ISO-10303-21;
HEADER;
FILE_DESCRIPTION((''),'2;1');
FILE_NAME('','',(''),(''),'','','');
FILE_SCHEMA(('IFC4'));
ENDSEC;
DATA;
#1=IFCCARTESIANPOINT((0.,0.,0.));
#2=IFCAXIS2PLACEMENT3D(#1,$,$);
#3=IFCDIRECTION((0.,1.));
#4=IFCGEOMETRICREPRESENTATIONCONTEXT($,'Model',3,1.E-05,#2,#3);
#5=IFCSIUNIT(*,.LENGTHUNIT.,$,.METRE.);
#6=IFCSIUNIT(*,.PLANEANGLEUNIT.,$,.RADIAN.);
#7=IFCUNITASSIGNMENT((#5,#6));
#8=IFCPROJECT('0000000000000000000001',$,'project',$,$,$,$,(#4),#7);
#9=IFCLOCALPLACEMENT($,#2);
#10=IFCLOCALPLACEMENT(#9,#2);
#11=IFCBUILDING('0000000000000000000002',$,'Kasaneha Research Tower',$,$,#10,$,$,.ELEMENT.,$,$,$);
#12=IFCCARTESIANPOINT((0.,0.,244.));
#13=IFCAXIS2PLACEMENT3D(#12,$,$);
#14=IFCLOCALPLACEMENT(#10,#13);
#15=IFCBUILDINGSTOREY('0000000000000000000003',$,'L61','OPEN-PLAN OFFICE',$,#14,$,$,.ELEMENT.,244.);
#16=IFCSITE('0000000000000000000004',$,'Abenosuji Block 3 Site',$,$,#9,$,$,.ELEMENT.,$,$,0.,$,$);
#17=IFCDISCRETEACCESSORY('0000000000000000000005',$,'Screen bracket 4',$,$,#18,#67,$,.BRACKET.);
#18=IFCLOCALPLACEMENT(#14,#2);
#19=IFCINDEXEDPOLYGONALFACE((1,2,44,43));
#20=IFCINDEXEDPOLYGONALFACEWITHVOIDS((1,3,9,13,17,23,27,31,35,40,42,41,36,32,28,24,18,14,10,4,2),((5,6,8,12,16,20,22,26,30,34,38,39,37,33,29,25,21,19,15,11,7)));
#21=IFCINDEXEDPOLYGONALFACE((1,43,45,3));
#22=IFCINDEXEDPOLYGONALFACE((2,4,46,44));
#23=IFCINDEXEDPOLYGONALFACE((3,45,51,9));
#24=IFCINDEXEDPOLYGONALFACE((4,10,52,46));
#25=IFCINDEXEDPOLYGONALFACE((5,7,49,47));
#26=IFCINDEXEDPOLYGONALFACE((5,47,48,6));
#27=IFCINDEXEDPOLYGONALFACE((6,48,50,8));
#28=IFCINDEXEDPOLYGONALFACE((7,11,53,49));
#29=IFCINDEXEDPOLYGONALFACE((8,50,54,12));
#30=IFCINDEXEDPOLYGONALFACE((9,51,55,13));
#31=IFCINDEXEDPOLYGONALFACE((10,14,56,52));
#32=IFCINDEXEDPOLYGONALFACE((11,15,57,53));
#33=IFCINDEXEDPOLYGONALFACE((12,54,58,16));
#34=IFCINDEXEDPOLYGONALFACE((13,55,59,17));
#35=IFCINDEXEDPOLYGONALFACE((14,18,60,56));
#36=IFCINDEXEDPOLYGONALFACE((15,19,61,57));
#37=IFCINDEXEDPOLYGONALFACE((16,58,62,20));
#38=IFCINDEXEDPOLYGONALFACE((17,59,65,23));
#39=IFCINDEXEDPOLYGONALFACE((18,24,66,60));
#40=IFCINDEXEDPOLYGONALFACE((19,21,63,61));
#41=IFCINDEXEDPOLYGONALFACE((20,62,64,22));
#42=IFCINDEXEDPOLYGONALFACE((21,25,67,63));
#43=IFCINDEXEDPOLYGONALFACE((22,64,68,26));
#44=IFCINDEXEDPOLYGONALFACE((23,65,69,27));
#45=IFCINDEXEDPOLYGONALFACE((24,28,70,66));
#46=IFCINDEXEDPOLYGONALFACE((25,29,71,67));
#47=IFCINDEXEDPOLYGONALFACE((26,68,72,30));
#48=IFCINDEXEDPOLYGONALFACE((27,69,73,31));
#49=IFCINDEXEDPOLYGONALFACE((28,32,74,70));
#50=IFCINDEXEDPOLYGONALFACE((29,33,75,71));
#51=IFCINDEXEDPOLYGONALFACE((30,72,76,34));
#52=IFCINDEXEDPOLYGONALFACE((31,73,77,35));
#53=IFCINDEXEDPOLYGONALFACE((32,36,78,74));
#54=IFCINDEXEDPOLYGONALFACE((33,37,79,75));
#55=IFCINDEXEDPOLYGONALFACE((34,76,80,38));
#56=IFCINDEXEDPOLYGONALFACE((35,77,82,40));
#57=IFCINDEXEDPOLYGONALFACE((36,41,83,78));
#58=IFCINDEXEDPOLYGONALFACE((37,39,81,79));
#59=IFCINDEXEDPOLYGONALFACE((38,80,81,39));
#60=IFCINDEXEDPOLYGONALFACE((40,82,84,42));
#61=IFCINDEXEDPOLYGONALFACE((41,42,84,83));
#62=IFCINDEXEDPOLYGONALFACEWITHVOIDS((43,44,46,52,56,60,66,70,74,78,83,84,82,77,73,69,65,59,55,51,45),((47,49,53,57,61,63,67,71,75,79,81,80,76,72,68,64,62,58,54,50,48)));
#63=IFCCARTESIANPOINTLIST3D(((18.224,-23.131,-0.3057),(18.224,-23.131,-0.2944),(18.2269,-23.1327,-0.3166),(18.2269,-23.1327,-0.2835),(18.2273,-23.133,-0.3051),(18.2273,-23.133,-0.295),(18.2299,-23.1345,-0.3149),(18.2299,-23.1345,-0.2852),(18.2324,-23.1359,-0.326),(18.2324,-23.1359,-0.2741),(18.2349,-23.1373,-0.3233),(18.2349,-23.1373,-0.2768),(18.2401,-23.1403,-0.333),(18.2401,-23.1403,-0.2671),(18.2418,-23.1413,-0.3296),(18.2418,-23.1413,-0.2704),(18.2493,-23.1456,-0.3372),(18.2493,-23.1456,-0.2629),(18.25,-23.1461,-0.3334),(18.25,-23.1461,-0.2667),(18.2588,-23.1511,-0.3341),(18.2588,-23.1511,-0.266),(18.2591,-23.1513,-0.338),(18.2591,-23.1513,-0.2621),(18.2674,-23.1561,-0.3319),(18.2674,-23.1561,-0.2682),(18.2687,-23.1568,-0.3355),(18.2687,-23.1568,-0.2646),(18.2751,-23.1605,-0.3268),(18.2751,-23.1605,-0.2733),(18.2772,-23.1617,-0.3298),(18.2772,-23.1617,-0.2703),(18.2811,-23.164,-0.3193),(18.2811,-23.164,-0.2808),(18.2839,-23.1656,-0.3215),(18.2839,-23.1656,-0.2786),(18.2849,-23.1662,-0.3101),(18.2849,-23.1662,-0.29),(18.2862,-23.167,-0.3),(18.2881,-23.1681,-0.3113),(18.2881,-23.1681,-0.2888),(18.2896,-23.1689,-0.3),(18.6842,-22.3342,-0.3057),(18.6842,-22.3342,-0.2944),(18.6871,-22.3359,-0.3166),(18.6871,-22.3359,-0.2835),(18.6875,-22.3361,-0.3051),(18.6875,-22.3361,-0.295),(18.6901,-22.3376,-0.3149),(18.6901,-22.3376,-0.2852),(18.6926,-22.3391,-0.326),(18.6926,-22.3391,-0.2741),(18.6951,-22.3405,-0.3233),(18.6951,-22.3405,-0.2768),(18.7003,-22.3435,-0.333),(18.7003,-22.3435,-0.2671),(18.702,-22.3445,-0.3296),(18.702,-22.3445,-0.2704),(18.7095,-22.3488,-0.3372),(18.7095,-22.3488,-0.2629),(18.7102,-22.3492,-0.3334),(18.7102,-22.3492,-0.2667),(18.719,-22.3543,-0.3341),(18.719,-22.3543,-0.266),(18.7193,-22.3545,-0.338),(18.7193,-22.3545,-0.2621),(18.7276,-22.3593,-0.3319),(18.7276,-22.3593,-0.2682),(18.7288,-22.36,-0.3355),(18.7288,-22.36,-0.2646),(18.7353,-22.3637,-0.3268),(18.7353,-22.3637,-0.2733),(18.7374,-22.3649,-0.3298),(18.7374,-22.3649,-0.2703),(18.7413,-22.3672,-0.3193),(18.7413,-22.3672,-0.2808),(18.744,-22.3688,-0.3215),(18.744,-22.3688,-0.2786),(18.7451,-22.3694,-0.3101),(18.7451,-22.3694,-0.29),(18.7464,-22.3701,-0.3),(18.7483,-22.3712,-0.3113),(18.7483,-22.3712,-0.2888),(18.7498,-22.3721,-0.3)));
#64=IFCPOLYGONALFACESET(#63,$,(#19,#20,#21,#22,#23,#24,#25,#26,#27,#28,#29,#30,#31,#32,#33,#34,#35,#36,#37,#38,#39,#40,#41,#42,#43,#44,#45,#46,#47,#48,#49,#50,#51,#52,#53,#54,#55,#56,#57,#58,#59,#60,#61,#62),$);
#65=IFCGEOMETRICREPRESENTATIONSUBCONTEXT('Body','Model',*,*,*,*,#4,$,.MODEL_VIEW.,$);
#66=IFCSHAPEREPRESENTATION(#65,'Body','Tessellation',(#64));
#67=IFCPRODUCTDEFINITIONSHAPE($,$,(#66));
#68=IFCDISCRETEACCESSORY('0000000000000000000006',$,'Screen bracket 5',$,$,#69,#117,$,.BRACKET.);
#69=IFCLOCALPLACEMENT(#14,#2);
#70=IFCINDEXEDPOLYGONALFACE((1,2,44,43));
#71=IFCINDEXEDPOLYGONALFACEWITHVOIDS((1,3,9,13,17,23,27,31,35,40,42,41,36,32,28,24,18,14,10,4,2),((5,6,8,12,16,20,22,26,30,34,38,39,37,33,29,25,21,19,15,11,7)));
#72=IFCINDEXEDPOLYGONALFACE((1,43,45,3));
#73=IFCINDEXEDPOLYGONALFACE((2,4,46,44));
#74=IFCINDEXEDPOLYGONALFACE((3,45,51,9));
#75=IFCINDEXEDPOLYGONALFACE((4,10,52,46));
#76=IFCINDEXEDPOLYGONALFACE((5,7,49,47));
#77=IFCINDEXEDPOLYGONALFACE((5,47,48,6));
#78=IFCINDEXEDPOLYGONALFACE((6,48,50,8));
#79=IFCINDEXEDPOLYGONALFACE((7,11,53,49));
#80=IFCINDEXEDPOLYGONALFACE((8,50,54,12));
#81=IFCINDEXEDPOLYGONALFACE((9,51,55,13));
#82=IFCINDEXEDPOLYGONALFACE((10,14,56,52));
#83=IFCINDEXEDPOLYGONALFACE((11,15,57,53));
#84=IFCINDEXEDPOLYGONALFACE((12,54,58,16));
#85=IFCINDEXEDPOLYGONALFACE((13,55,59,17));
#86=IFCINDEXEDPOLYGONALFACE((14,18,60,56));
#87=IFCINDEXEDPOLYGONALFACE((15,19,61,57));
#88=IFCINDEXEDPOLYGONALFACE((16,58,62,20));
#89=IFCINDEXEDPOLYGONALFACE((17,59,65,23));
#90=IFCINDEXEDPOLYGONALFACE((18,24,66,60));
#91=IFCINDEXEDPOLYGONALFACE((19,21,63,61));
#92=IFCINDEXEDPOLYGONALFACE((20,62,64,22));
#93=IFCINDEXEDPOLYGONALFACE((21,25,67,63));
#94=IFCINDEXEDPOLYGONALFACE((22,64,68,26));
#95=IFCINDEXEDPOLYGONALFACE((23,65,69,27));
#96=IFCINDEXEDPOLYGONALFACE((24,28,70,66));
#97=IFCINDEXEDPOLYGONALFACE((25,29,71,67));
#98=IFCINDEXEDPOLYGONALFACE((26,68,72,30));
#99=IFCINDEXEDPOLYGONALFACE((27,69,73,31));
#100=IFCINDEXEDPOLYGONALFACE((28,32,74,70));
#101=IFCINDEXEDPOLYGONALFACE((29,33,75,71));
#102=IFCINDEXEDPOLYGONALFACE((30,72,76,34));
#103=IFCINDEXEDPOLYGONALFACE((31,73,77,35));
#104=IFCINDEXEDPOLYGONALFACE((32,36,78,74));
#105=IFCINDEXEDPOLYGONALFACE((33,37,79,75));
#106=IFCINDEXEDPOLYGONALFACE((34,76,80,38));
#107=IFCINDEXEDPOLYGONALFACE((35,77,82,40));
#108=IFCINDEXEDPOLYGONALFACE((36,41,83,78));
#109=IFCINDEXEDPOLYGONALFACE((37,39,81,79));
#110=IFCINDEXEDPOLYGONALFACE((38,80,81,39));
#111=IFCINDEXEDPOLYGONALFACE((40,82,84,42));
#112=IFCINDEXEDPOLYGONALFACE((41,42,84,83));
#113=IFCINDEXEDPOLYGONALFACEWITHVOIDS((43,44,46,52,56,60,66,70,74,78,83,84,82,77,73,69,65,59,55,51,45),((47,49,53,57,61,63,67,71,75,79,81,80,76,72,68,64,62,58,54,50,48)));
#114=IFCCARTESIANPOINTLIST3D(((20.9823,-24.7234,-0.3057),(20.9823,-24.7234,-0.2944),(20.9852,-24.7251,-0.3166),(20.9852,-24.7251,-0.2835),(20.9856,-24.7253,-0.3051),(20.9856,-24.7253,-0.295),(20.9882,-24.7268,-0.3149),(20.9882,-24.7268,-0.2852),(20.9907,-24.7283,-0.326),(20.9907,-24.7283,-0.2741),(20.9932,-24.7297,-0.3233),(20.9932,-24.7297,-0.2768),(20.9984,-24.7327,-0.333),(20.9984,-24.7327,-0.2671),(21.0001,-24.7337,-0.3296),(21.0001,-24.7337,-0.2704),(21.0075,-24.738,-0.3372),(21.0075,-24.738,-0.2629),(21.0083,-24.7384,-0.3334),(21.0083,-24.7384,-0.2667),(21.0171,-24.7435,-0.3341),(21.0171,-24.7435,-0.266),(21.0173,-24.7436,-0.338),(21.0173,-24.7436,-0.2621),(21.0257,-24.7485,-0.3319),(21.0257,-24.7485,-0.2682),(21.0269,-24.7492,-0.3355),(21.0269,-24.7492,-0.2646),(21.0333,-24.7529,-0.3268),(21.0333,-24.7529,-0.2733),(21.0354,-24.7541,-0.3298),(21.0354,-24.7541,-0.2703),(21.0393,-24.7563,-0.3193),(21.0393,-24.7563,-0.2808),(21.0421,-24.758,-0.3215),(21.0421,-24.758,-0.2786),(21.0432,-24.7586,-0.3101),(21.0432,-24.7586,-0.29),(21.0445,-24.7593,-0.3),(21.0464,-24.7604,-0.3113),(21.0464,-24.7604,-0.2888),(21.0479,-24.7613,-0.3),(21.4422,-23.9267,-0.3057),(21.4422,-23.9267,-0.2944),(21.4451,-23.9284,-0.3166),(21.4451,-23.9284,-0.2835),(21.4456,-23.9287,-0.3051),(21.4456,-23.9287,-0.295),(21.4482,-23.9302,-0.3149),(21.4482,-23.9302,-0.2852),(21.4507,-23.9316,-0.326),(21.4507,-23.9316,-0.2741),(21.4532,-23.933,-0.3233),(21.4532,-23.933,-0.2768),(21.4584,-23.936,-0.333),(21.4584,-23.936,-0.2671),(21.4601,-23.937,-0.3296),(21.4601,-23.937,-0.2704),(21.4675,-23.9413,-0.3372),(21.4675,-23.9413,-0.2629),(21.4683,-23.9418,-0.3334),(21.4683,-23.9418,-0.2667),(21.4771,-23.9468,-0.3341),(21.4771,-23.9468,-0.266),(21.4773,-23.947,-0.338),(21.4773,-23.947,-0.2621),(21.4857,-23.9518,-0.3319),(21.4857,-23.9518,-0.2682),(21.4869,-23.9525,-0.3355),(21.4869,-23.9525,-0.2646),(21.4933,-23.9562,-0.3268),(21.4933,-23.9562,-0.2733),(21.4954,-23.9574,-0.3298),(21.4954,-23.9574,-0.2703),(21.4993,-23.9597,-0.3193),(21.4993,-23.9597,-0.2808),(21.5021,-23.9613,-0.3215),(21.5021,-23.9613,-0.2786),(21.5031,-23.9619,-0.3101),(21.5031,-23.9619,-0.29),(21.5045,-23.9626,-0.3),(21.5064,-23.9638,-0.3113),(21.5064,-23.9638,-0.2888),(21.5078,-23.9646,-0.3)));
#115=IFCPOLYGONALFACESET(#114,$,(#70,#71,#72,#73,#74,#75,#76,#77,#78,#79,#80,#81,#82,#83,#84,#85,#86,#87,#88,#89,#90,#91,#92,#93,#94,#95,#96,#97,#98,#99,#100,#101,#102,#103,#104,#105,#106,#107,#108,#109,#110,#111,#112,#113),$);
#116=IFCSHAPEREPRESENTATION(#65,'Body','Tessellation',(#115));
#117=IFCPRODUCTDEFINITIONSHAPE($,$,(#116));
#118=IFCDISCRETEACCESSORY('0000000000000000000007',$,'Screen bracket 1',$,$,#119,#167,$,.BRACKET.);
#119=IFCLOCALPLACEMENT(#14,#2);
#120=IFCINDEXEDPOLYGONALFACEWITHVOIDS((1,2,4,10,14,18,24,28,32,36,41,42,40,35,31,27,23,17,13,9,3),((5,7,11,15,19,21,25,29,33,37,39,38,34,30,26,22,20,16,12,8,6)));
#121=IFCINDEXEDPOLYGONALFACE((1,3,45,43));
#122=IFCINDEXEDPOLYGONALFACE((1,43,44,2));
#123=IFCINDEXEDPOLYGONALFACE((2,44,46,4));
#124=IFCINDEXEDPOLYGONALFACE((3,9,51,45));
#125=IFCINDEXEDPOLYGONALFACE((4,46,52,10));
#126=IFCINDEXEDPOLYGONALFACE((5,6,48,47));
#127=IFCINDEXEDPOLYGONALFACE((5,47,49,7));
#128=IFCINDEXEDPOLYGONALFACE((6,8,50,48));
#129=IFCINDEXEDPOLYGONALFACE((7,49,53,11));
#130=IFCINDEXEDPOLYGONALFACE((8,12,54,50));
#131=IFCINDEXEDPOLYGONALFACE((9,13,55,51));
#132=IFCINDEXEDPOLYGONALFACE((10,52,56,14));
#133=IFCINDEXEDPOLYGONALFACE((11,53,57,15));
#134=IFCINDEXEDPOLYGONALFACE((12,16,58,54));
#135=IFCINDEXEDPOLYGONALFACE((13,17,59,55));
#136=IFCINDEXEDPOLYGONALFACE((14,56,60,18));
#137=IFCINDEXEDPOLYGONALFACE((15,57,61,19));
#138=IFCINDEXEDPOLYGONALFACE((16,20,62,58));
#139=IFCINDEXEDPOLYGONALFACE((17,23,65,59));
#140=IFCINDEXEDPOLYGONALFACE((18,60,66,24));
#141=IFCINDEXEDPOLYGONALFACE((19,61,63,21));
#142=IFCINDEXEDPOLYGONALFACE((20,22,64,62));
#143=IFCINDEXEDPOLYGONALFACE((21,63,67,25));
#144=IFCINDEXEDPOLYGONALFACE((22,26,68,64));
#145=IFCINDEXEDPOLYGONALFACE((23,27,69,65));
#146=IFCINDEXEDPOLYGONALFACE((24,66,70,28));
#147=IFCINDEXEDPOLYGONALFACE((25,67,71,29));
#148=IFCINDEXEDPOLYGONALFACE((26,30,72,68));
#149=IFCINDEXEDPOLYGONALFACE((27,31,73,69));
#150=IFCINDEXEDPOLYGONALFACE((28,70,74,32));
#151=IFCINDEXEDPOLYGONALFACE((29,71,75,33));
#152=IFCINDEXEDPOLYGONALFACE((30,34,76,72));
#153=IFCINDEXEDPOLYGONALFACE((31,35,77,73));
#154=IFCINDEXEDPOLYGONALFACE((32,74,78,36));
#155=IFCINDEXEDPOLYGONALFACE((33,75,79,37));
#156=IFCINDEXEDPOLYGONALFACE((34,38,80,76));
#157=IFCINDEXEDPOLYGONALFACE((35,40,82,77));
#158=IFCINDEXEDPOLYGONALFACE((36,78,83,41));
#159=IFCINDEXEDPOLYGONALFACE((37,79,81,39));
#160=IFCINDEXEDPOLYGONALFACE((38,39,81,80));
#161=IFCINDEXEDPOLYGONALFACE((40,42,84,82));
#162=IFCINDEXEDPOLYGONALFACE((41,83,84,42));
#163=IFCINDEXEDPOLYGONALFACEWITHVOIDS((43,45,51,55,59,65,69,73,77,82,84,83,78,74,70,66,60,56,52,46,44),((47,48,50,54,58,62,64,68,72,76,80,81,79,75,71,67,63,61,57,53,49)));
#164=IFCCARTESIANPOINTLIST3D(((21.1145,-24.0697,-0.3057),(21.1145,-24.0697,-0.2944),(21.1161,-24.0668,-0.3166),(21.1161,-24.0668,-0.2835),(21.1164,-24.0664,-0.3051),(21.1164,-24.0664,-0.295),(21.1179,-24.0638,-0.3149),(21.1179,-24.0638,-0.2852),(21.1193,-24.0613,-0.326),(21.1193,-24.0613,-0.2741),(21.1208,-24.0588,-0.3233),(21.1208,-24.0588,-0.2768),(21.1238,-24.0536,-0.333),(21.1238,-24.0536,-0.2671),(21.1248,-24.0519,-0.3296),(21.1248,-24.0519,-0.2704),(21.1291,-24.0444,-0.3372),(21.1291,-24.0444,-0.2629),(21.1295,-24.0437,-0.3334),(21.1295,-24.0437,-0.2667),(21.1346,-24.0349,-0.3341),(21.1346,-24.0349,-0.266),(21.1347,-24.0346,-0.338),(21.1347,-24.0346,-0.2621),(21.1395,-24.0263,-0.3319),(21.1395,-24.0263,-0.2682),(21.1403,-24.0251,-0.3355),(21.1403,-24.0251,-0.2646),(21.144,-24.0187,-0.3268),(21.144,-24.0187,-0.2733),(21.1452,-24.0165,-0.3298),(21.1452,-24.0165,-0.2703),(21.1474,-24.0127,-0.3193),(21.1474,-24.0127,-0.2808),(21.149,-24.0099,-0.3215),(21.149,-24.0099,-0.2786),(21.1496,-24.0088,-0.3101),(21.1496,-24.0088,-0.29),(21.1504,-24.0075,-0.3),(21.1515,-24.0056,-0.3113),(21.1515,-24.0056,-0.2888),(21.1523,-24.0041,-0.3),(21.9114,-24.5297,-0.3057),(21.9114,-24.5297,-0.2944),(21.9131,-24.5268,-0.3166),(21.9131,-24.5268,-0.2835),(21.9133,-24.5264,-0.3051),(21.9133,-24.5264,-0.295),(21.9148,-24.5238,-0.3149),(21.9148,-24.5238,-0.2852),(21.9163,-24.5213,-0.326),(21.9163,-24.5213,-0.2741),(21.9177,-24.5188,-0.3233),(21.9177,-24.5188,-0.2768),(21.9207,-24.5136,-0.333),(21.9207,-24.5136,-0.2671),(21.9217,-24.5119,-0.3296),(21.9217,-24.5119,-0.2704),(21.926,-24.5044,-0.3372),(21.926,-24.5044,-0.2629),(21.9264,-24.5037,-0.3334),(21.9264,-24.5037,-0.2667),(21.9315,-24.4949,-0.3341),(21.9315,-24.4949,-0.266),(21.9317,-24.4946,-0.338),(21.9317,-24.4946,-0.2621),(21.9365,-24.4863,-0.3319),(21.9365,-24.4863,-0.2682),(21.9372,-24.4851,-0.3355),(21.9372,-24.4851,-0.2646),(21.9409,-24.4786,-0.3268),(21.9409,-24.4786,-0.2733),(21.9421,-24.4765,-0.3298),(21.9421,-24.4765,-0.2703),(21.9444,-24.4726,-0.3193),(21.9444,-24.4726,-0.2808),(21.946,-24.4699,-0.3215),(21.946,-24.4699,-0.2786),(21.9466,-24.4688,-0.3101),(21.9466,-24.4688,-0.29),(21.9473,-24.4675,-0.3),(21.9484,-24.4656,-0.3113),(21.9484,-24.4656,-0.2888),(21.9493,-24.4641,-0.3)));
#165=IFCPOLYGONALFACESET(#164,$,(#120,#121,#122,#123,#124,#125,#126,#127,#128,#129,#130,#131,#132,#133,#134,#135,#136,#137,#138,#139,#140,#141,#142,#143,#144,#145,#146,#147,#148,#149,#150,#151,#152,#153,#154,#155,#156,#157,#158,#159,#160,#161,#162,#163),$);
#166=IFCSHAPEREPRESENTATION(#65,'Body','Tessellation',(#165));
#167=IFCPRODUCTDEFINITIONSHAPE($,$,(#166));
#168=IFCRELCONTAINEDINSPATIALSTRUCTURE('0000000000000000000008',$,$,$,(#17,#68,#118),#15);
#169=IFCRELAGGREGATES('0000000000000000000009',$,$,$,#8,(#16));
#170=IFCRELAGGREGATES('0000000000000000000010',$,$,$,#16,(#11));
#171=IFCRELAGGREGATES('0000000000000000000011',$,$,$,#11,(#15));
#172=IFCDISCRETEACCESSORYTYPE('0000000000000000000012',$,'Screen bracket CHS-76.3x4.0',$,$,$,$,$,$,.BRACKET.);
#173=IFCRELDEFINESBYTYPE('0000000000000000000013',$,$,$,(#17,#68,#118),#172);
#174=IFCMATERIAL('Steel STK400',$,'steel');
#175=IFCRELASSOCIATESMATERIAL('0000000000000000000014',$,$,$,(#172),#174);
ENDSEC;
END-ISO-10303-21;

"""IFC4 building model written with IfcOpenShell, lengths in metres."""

from ifc_helpers import new_model, si_unit, direction, frame, origin, origin_2d, place, context, subcontext, project, spatial, hollow_circle, extrude, material, material_profile, profile_set, type_object, element, save


model = new_model("IFC4")

# Units and contexts
model_context = context("Model", 3, precision=1e-05, world=origin(), true_north=direction((0.0, 1.0)))
body_context = subcontext(model_context, "Body", "Model", "MODEL_VIEW")
ifc_project = project(units=[si_unit("LENGTHUNIT", "METRE"), si_unit("PLANEANGLEUNIT", "RADIAN")], contexts=[model_context])

# Site, building, storey
site_placement = place(None, origin())
site = spatial("IfcSite", under=ifc_project, at=site_placement, Name="Abenosuji Block 3 Site", CompositionType="ELEMENT", RefElevation=0.0)
building_placement = place(site_placement, origin())
building = spatial("IfcBuilding", under=site, at=building_placement, Name="Kasaneha Research Tower", CompositionType="ELEMENT")
storey_placement = place(building_placement, frame((0.0, 0.0, 244.0)))
storey = spatial("IfcBuildingStorey", under=building, at=storey_placement, Name="L61", Description="OPEN-PLAN OFFICE", CompositionType="ELEMENT", Elevation=244.0)

# Discrete accessories
ifc_material_1 = material(Name="Steel STK400", Category="steel")
ifc_material_profile_1 = material_profile(ifc_material_1, hollow_circle(Radius=0.0381, WallThickness=0.0039, at=origin_2d()), Name="CHS-76.3x4.0")
ifc_profile_set_1 = profile_set([ifc_material_profile_1], Name="Steel STK400")
discrete_accessory_type = type_object("IfcDiscreteAccessoryType", Name="Screen bracket CHS-76.3x4.0", PredefinedType="BRACKET", material=ifc_profile_set_1)
discrete_accessory_1_placement = place(storey_placement, frame((18.7168, -22.353, -0.3), z_axis=(-0.500105, -0.865965, 0.0), x_axis=(0.865965, -0.500105, 0.0)))
element("IfcDiscreteAccessory", 1, at=discrete_accessory_1_placement, inside=storey, type_object=discrete_accessory_type, Name="Screen bracket 4", PredefinedType="BRACKET", context=body_context, shape_type="SweptSolid", body=[
    extrude(hollow_circle(Radius=0.0381, WallThickness=0.0039, at=origin_2d()), origin(), (0.0, 0.0, 1.0), 0.9202),
])
discrete_accessory_2_placement = place(storey_placement, frame((21.4749, -23.9456, -0.3), z_axis=(-0.500021, -0.866013, 0.0), x_axis=(0.866013, -0.500021, 0.0)))
element("IfcDiscreteAccessory", 2, at=discrete_accessory_2_placement, inside=storey, type_object=discrete_accessory_type, Name="Screen bracket 5", PredefinedType="BRACKET", context=body_context, shape_type="SweptSolid", body=[
    extrude(hollow_circle(Radius=0.0381, WallThickness=0.0039, at=origin_2d()), origin(), (0.0, 0.0, 1.0), 0.9199),
])
discrete_accessory_3_placement = place(storey_placement, frame((21.1333, -24.0371, -0.3), z_axis=(0.86608, -0.499906, 0.0), x_axis=(0.499906, 0.86608, 0.0)))
element("IfcDiscreteAccessory", 3, at=discrete_accessory_3_placement, inside=storey, type_object=discrete_accessory_type, Name="Screen bracket 1", PredefinedType="BRACKET", context=body_context, shape_type="SweptSolid", body=[
    extrude(hollow_circle(Radius=0.0381, WallThickness=0.0039, at=origin_2d()), origin(), (0.0, 0.0, 1.0), 0.9202),
])

save(model, "model.ifc")
